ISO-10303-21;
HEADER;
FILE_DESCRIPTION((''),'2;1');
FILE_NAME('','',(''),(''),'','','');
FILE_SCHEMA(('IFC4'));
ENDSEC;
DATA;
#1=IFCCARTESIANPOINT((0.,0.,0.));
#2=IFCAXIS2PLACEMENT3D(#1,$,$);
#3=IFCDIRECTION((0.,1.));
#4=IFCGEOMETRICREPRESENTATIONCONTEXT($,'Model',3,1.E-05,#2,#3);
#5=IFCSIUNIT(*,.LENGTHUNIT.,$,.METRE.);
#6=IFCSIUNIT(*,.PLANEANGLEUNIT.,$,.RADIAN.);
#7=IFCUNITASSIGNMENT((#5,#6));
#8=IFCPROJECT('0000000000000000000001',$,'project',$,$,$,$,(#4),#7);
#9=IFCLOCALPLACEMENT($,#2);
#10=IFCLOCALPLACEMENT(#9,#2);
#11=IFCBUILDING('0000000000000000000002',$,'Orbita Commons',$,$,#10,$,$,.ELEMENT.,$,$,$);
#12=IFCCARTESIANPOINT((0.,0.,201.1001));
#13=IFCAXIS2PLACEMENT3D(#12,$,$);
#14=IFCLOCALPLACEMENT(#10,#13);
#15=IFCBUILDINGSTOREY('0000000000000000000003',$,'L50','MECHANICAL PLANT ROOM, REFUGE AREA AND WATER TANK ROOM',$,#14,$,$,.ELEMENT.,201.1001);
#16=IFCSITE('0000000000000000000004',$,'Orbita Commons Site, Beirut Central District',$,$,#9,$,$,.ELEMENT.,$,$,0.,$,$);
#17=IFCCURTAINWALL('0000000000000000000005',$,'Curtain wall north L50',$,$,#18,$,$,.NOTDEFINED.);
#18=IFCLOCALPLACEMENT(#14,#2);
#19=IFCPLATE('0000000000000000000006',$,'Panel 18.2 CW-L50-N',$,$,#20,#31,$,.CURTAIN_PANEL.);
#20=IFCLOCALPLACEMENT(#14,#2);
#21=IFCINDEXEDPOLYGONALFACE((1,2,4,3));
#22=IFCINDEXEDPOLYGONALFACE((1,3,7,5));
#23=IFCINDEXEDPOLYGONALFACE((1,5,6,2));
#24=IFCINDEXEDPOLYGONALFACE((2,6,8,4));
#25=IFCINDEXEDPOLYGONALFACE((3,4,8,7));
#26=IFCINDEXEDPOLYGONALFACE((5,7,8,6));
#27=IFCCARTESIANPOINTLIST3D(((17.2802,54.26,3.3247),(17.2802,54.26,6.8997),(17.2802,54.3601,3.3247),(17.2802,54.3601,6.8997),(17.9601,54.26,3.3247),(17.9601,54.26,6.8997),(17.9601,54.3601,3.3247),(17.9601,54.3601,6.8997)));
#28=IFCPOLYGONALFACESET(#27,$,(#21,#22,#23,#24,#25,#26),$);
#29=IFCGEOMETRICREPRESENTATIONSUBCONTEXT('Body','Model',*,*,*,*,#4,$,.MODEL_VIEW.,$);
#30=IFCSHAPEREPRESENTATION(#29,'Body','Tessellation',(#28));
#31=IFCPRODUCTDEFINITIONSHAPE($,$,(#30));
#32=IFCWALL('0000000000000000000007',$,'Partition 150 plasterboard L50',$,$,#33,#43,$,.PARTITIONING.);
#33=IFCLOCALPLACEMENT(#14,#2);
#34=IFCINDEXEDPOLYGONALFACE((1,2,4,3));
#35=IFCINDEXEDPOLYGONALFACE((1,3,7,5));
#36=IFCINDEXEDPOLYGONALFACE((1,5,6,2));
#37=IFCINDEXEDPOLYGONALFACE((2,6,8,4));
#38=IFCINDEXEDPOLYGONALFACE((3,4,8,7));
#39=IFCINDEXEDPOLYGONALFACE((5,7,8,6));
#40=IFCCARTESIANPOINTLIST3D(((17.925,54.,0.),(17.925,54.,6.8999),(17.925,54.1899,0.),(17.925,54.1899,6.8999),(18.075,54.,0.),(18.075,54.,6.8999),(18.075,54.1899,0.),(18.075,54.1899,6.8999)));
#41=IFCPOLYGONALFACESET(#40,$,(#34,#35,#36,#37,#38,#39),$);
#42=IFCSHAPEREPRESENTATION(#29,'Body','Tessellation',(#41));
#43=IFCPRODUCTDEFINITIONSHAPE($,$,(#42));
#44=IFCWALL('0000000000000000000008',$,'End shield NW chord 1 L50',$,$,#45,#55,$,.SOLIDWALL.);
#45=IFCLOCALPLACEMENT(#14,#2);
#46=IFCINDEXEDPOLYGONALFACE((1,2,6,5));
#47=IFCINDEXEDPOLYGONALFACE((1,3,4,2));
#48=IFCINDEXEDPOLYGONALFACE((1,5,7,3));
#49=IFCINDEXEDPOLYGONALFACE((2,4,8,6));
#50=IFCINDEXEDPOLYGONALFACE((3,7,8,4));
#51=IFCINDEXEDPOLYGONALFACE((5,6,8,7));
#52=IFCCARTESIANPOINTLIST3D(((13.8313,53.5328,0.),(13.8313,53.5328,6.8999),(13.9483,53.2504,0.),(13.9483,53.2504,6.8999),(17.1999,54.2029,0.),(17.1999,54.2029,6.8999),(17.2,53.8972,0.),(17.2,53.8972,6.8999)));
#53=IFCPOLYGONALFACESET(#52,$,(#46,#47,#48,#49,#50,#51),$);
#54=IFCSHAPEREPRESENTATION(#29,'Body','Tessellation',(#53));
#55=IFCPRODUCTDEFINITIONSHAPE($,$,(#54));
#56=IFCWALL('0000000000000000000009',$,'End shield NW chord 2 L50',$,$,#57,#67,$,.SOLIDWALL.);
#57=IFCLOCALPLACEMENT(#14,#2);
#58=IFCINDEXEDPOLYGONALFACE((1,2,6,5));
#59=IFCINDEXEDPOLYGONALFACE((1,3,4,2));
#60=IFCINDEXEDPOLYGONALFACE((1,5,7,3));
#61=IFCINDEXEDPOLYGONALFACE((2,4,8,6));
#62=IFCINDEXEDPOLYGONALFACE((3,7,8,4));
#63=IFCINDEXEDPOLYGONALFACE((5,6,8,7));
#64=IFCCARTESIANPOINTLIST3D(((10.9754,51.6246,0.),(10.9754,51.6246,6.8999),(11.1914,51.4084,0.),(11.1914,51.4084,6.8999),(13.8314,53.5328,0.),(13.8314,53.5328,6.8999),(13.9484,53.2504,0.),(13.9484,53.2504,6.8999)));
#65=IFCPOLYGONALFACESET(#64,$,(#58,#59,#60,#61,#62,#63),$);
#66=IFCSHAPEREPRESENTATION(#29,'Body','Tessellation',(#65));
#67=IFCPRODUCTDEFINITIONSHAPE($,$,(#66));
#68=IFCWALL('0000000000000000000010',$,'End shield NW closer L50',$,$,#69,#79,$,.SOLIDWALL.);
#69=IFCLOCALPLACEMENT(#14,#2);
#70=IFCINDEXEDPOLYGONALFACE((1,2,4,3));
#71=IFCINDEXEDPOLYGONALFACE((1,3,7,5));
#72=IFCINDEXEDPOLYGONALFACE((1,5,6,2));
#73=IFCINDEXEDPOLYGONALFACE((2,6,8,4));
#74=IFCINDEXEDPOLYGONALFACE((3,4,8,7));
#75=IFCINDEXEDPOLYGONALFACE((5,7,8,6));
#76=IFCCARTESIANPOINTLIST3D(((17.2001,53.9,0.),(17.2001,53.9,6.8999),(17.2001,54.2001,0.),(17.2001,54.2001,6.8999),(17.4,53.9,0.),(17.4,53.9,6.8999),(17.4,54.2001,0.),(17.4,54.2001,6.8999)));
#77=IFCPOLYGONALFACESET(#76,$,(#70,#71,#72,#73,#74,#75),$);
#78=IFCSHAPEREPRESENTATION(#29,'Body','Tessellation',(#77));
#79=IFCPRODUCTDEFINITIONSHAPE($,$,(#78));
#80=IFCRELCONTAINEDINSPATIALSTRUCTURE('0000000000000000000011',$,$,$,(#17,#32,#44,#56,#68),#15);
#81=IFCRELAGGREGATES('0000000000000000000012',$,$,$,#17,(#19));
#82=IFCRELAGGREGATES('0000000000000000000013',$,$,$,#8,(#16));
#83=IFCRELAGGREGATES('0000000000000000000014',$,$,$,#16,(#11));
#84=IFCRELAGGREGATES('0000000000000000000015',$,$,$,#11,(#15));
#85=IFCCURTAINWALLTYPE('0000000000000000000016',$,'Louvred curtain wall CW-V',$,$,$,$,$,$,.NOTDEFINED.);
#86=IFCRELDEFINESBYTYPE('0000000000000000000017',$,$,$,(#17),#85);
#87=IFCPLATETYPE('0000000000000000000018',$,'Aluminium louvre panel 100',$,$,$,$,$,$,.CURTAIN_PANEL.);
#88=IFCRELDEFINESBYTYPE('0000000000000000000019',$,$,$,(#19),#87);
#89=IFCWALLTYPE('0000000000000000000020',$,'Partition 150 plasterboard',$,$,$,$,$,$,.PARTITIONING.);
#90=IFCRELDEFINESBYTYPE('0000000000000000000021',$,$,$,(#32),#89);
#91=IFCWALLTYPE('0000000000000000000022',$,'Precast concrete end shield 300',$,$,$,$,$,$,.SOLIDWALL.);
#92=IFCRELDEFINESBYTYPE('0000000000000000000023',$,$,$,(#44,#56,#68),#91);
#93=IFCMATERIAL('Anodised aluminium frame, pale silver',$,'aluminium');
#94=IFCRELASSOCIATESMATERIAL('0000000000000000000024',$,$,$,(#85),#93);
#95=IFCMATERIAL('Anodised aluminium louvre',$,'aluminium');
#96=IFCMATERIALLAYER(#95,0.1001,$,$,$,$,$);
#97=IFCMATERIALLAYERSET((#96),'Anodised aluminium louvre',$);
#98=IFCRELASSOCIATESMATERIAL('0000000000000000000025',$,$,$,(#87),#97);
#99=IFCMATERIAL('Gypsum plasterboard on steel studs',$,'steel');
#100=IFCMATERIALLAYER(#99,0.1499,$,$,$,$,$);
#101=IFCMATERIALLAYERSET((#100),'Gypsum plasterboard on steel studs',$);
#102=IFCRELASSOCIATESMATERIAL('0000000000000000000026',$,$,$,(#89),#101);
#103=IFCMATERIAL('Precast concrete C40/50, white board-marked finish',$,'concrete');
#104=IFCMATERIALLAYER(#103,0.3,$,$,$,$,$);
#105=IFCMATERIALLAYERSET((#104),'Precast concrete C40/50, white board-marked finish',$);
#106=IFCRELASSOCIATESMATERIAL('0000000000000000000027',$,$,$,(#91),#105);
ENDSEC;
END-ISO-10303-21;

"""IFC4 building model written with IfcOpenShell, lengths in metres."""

from ifc_helpers import new_model, si_unit, direction, frame, frame_2d, origin, origin_2d, place, context, subcontext, project, spatial, polyline, rectangle, outline, extrude, material, layer, layer_set, type_object, element, aggregate, save


model = new_model("IFC4")

# Units and contexts
model_context = context("Model", 3, precision=1e-05, world=origin(), true_north=direction((0.0, 1.0)))
body_context = subcontext(model_context, "Body", "Model", "MODEL_VIEW")
ifc_project = project(units=[si_unit("LENGTHUNIT", "METRE"), si_unit("PLANEANGLEUNIT", "RADIAN")], contexts=[model_context])

# Site, building, storey
site_placement = place(None, origin())
site = spatial("IfcSite", under=ifc_project, at=site_placement, Name="Orbita Commons Site, Beirut Central District", CompositionType="ELEMENT", RefElevation=0.0)
building_placement = place(site_placement, origin())
building = spatial("IfcBuilding", under=site, at=building_placement, Name="Orbita Commons", CompositionType="ELEMENT")
storey_placement = place(building_placement, frame((0.0, 0.0, 201.1001)))
storey = spatial("IfcBuildingStorey", under=building, at=storey_placement, Name="L50", Description="MECHANICAL PLANT ROOM, REFUGE AREA AND WATER TANK ROOM", CompositionType="ELEMENT", Elevation=201.1001)

# Curtain wall
ifc_material_1 = material(Name="Anodised aluminium frame, pale silver", Category="aluminium")
curtain_wall_type = type_object("IfcCurtainWallType", Name="Louvred curtain wall CW-V", PredefinedType="NOTDEFINED", material=ifc_material_1)
curtain_wall_placement = place(storey_placement, origin())
curtain_wall = element("IfcCurtainWall", 1, at=curtain_wall_placement, inside=storey, type_object=curtain_wall_type, Name="Curtain wall north L50", PredefinedType="NOTDEFINED")

# Plate
ifc_material_2 = material(Name="Anodised aluminium louvre", Category="aluminium")
ifc_layer_1 = layer(ifc_material_2, 0.1001)
ifc_layer_set_1 = layer_set([ifc_layer_1], Name="Anodised aluminium louvre")
plate_type = type_object("IfcPlateType", Name="Aluminium louvre panel 100", PredefinedType="CURTAIN_PANEL", material=ifc_layer_set_1)
plate_1_placement = place(storey_placement, frame((17.6201, 54.3101, 3.3247), z_axis=(0.0, 0.0, 1.0), x_axis=(-1.0, 0.0, 0.0)))
plate_1 = element("IfcPlate", 2, at=plate_1_placement, type_object=plate_type, Name="Panel 18.2 CW-L50-N", PredefinedType="CURTAIN_PANEL", context=body_context, shape_type="SweptSolid", body=[
    extrude(rectangle(XDim=0.6799, YDim=0.1001, at=origin_2d()), origin(), (0.0, 0.0, 1.0), 3.575),
])
aggregate(curtain_wall, [plate_1])

# Walls
ifc_material_3 = material(Name="Gypsum plasterboard on steel studs", Category="steel")
ifc_layer_2 = layer(ifc_material_3, 0.1499)
ifc_layer_set_2 = layer_set([ifc_layer_2], Name="Gypsum plasterboard on steel studs")
wall_type_1 = type_object("IfcWallType", Name="Partition 150 plasterboard", PredefinedType="PARTITIONING", material=ifc_layer_set_2)
wall_1_placement = place(storey_placement, frame((18.0, 54.0, 0.0), z_axis=(0.0, 0.0, 1.0), x_axis=(0.0, 1.0, 0.0)))
element("IfcWall", 3, at=wall_1_placement, inside=storey, type_object=wall_type_1, Name="Partition 150 plasterboard L50", PredefinedType="PARTITIONING", context=body_context, shape_type="SweptSolid", body=[
    extrude(rectangle(XDim=0.1899, YDim=0.1499, at=frame_2d((0.095, 0.0))), origin(), (0.0, 0.0, 1.0), 6.8999),
])
ifc_material_4 = material(Name="Precast concrete C40/50, white board-marked finish", Category="concrete")
ifc_layer_3 = layer(ifc_material_4, 0.3)
ifc_layer_set_3 = layer_set([ifc_layer_3], Name="Precast concrete C40/50, white board-marked finish")
wall_type_2 = type_object("IfcWallType", Name="Precast concrete end shield 300", PredefinedType="SOLIDWALL", material=ifc_layer_set_3)
wall_2_placement = place(storey_placement, frame((17.2, 54.05, 0.0), z_axis=(0.0, 0.0, 1.0), x_axis=(-0.980783, -0.1951, 0.0)))
element("IfcWall", 4, at=wall_2_placement, inside=storey, type_object=wall_type_2, Name="End shield NW chord 1 L50", PredefinedType="SOLIDWALL", context=body_context, shape_type="SweptSolid", body=[
    extrude(outline(polyline([(-0.0298, -0.1499), (3.4048, -0.1499), (3.3452, 0.1499), (0.0298, 0.1499), (-0.0298, -0.1499)])), origin(), (0.0, 0.0, 1.0), 6.8999),
])
wall_3_placement = place(storey_placement, frame((13.8899, 53.3916, 0.0), z_axis=(0.0, 0.0, 1.0), x_axis=(-0.831493, -0.555535, 0.0)))
element("IfcWall", 5, at=wall_3_placement, inside=storey, type_object=wall_type_2, Name="End shield NW chord 2 L50", PredefinedType="SOLIDWALL", context=body_context, shape_type="SweptSolid", body=[
    extrude(outline(polyline([(-0.0298, -0.1499), (3.405, -0.1499), (3.3455, 0.1499), (0.0298, 0.1499), (-0.0298, -0.1499)])), origin(), (0.0, 0.0, 1.0), 6.8999),
])
wall_4_placement = place(storey_placement, frame((17.2, 54.05, 0.0), z_axis=(0.0, 0.0, 1.0), x_axis=(1.0, 0.0, 0.0)))
element("IfcWall", 6, at=wall_4_placement, inside=storey, type_object=wall_type_2, Name="End shield NW closer L50", PredefinedType="SOLIDWALL", context=body_context, shape_type="SweptSolid", body=[
    extrude(rectangle(XDim=0.2, YDim=0.3, at=frame_2d((0.1001, 0.0))), origin(), (0.0, 0.0, 1.0), 6.8999),
])

save(model, "model.ifc")
